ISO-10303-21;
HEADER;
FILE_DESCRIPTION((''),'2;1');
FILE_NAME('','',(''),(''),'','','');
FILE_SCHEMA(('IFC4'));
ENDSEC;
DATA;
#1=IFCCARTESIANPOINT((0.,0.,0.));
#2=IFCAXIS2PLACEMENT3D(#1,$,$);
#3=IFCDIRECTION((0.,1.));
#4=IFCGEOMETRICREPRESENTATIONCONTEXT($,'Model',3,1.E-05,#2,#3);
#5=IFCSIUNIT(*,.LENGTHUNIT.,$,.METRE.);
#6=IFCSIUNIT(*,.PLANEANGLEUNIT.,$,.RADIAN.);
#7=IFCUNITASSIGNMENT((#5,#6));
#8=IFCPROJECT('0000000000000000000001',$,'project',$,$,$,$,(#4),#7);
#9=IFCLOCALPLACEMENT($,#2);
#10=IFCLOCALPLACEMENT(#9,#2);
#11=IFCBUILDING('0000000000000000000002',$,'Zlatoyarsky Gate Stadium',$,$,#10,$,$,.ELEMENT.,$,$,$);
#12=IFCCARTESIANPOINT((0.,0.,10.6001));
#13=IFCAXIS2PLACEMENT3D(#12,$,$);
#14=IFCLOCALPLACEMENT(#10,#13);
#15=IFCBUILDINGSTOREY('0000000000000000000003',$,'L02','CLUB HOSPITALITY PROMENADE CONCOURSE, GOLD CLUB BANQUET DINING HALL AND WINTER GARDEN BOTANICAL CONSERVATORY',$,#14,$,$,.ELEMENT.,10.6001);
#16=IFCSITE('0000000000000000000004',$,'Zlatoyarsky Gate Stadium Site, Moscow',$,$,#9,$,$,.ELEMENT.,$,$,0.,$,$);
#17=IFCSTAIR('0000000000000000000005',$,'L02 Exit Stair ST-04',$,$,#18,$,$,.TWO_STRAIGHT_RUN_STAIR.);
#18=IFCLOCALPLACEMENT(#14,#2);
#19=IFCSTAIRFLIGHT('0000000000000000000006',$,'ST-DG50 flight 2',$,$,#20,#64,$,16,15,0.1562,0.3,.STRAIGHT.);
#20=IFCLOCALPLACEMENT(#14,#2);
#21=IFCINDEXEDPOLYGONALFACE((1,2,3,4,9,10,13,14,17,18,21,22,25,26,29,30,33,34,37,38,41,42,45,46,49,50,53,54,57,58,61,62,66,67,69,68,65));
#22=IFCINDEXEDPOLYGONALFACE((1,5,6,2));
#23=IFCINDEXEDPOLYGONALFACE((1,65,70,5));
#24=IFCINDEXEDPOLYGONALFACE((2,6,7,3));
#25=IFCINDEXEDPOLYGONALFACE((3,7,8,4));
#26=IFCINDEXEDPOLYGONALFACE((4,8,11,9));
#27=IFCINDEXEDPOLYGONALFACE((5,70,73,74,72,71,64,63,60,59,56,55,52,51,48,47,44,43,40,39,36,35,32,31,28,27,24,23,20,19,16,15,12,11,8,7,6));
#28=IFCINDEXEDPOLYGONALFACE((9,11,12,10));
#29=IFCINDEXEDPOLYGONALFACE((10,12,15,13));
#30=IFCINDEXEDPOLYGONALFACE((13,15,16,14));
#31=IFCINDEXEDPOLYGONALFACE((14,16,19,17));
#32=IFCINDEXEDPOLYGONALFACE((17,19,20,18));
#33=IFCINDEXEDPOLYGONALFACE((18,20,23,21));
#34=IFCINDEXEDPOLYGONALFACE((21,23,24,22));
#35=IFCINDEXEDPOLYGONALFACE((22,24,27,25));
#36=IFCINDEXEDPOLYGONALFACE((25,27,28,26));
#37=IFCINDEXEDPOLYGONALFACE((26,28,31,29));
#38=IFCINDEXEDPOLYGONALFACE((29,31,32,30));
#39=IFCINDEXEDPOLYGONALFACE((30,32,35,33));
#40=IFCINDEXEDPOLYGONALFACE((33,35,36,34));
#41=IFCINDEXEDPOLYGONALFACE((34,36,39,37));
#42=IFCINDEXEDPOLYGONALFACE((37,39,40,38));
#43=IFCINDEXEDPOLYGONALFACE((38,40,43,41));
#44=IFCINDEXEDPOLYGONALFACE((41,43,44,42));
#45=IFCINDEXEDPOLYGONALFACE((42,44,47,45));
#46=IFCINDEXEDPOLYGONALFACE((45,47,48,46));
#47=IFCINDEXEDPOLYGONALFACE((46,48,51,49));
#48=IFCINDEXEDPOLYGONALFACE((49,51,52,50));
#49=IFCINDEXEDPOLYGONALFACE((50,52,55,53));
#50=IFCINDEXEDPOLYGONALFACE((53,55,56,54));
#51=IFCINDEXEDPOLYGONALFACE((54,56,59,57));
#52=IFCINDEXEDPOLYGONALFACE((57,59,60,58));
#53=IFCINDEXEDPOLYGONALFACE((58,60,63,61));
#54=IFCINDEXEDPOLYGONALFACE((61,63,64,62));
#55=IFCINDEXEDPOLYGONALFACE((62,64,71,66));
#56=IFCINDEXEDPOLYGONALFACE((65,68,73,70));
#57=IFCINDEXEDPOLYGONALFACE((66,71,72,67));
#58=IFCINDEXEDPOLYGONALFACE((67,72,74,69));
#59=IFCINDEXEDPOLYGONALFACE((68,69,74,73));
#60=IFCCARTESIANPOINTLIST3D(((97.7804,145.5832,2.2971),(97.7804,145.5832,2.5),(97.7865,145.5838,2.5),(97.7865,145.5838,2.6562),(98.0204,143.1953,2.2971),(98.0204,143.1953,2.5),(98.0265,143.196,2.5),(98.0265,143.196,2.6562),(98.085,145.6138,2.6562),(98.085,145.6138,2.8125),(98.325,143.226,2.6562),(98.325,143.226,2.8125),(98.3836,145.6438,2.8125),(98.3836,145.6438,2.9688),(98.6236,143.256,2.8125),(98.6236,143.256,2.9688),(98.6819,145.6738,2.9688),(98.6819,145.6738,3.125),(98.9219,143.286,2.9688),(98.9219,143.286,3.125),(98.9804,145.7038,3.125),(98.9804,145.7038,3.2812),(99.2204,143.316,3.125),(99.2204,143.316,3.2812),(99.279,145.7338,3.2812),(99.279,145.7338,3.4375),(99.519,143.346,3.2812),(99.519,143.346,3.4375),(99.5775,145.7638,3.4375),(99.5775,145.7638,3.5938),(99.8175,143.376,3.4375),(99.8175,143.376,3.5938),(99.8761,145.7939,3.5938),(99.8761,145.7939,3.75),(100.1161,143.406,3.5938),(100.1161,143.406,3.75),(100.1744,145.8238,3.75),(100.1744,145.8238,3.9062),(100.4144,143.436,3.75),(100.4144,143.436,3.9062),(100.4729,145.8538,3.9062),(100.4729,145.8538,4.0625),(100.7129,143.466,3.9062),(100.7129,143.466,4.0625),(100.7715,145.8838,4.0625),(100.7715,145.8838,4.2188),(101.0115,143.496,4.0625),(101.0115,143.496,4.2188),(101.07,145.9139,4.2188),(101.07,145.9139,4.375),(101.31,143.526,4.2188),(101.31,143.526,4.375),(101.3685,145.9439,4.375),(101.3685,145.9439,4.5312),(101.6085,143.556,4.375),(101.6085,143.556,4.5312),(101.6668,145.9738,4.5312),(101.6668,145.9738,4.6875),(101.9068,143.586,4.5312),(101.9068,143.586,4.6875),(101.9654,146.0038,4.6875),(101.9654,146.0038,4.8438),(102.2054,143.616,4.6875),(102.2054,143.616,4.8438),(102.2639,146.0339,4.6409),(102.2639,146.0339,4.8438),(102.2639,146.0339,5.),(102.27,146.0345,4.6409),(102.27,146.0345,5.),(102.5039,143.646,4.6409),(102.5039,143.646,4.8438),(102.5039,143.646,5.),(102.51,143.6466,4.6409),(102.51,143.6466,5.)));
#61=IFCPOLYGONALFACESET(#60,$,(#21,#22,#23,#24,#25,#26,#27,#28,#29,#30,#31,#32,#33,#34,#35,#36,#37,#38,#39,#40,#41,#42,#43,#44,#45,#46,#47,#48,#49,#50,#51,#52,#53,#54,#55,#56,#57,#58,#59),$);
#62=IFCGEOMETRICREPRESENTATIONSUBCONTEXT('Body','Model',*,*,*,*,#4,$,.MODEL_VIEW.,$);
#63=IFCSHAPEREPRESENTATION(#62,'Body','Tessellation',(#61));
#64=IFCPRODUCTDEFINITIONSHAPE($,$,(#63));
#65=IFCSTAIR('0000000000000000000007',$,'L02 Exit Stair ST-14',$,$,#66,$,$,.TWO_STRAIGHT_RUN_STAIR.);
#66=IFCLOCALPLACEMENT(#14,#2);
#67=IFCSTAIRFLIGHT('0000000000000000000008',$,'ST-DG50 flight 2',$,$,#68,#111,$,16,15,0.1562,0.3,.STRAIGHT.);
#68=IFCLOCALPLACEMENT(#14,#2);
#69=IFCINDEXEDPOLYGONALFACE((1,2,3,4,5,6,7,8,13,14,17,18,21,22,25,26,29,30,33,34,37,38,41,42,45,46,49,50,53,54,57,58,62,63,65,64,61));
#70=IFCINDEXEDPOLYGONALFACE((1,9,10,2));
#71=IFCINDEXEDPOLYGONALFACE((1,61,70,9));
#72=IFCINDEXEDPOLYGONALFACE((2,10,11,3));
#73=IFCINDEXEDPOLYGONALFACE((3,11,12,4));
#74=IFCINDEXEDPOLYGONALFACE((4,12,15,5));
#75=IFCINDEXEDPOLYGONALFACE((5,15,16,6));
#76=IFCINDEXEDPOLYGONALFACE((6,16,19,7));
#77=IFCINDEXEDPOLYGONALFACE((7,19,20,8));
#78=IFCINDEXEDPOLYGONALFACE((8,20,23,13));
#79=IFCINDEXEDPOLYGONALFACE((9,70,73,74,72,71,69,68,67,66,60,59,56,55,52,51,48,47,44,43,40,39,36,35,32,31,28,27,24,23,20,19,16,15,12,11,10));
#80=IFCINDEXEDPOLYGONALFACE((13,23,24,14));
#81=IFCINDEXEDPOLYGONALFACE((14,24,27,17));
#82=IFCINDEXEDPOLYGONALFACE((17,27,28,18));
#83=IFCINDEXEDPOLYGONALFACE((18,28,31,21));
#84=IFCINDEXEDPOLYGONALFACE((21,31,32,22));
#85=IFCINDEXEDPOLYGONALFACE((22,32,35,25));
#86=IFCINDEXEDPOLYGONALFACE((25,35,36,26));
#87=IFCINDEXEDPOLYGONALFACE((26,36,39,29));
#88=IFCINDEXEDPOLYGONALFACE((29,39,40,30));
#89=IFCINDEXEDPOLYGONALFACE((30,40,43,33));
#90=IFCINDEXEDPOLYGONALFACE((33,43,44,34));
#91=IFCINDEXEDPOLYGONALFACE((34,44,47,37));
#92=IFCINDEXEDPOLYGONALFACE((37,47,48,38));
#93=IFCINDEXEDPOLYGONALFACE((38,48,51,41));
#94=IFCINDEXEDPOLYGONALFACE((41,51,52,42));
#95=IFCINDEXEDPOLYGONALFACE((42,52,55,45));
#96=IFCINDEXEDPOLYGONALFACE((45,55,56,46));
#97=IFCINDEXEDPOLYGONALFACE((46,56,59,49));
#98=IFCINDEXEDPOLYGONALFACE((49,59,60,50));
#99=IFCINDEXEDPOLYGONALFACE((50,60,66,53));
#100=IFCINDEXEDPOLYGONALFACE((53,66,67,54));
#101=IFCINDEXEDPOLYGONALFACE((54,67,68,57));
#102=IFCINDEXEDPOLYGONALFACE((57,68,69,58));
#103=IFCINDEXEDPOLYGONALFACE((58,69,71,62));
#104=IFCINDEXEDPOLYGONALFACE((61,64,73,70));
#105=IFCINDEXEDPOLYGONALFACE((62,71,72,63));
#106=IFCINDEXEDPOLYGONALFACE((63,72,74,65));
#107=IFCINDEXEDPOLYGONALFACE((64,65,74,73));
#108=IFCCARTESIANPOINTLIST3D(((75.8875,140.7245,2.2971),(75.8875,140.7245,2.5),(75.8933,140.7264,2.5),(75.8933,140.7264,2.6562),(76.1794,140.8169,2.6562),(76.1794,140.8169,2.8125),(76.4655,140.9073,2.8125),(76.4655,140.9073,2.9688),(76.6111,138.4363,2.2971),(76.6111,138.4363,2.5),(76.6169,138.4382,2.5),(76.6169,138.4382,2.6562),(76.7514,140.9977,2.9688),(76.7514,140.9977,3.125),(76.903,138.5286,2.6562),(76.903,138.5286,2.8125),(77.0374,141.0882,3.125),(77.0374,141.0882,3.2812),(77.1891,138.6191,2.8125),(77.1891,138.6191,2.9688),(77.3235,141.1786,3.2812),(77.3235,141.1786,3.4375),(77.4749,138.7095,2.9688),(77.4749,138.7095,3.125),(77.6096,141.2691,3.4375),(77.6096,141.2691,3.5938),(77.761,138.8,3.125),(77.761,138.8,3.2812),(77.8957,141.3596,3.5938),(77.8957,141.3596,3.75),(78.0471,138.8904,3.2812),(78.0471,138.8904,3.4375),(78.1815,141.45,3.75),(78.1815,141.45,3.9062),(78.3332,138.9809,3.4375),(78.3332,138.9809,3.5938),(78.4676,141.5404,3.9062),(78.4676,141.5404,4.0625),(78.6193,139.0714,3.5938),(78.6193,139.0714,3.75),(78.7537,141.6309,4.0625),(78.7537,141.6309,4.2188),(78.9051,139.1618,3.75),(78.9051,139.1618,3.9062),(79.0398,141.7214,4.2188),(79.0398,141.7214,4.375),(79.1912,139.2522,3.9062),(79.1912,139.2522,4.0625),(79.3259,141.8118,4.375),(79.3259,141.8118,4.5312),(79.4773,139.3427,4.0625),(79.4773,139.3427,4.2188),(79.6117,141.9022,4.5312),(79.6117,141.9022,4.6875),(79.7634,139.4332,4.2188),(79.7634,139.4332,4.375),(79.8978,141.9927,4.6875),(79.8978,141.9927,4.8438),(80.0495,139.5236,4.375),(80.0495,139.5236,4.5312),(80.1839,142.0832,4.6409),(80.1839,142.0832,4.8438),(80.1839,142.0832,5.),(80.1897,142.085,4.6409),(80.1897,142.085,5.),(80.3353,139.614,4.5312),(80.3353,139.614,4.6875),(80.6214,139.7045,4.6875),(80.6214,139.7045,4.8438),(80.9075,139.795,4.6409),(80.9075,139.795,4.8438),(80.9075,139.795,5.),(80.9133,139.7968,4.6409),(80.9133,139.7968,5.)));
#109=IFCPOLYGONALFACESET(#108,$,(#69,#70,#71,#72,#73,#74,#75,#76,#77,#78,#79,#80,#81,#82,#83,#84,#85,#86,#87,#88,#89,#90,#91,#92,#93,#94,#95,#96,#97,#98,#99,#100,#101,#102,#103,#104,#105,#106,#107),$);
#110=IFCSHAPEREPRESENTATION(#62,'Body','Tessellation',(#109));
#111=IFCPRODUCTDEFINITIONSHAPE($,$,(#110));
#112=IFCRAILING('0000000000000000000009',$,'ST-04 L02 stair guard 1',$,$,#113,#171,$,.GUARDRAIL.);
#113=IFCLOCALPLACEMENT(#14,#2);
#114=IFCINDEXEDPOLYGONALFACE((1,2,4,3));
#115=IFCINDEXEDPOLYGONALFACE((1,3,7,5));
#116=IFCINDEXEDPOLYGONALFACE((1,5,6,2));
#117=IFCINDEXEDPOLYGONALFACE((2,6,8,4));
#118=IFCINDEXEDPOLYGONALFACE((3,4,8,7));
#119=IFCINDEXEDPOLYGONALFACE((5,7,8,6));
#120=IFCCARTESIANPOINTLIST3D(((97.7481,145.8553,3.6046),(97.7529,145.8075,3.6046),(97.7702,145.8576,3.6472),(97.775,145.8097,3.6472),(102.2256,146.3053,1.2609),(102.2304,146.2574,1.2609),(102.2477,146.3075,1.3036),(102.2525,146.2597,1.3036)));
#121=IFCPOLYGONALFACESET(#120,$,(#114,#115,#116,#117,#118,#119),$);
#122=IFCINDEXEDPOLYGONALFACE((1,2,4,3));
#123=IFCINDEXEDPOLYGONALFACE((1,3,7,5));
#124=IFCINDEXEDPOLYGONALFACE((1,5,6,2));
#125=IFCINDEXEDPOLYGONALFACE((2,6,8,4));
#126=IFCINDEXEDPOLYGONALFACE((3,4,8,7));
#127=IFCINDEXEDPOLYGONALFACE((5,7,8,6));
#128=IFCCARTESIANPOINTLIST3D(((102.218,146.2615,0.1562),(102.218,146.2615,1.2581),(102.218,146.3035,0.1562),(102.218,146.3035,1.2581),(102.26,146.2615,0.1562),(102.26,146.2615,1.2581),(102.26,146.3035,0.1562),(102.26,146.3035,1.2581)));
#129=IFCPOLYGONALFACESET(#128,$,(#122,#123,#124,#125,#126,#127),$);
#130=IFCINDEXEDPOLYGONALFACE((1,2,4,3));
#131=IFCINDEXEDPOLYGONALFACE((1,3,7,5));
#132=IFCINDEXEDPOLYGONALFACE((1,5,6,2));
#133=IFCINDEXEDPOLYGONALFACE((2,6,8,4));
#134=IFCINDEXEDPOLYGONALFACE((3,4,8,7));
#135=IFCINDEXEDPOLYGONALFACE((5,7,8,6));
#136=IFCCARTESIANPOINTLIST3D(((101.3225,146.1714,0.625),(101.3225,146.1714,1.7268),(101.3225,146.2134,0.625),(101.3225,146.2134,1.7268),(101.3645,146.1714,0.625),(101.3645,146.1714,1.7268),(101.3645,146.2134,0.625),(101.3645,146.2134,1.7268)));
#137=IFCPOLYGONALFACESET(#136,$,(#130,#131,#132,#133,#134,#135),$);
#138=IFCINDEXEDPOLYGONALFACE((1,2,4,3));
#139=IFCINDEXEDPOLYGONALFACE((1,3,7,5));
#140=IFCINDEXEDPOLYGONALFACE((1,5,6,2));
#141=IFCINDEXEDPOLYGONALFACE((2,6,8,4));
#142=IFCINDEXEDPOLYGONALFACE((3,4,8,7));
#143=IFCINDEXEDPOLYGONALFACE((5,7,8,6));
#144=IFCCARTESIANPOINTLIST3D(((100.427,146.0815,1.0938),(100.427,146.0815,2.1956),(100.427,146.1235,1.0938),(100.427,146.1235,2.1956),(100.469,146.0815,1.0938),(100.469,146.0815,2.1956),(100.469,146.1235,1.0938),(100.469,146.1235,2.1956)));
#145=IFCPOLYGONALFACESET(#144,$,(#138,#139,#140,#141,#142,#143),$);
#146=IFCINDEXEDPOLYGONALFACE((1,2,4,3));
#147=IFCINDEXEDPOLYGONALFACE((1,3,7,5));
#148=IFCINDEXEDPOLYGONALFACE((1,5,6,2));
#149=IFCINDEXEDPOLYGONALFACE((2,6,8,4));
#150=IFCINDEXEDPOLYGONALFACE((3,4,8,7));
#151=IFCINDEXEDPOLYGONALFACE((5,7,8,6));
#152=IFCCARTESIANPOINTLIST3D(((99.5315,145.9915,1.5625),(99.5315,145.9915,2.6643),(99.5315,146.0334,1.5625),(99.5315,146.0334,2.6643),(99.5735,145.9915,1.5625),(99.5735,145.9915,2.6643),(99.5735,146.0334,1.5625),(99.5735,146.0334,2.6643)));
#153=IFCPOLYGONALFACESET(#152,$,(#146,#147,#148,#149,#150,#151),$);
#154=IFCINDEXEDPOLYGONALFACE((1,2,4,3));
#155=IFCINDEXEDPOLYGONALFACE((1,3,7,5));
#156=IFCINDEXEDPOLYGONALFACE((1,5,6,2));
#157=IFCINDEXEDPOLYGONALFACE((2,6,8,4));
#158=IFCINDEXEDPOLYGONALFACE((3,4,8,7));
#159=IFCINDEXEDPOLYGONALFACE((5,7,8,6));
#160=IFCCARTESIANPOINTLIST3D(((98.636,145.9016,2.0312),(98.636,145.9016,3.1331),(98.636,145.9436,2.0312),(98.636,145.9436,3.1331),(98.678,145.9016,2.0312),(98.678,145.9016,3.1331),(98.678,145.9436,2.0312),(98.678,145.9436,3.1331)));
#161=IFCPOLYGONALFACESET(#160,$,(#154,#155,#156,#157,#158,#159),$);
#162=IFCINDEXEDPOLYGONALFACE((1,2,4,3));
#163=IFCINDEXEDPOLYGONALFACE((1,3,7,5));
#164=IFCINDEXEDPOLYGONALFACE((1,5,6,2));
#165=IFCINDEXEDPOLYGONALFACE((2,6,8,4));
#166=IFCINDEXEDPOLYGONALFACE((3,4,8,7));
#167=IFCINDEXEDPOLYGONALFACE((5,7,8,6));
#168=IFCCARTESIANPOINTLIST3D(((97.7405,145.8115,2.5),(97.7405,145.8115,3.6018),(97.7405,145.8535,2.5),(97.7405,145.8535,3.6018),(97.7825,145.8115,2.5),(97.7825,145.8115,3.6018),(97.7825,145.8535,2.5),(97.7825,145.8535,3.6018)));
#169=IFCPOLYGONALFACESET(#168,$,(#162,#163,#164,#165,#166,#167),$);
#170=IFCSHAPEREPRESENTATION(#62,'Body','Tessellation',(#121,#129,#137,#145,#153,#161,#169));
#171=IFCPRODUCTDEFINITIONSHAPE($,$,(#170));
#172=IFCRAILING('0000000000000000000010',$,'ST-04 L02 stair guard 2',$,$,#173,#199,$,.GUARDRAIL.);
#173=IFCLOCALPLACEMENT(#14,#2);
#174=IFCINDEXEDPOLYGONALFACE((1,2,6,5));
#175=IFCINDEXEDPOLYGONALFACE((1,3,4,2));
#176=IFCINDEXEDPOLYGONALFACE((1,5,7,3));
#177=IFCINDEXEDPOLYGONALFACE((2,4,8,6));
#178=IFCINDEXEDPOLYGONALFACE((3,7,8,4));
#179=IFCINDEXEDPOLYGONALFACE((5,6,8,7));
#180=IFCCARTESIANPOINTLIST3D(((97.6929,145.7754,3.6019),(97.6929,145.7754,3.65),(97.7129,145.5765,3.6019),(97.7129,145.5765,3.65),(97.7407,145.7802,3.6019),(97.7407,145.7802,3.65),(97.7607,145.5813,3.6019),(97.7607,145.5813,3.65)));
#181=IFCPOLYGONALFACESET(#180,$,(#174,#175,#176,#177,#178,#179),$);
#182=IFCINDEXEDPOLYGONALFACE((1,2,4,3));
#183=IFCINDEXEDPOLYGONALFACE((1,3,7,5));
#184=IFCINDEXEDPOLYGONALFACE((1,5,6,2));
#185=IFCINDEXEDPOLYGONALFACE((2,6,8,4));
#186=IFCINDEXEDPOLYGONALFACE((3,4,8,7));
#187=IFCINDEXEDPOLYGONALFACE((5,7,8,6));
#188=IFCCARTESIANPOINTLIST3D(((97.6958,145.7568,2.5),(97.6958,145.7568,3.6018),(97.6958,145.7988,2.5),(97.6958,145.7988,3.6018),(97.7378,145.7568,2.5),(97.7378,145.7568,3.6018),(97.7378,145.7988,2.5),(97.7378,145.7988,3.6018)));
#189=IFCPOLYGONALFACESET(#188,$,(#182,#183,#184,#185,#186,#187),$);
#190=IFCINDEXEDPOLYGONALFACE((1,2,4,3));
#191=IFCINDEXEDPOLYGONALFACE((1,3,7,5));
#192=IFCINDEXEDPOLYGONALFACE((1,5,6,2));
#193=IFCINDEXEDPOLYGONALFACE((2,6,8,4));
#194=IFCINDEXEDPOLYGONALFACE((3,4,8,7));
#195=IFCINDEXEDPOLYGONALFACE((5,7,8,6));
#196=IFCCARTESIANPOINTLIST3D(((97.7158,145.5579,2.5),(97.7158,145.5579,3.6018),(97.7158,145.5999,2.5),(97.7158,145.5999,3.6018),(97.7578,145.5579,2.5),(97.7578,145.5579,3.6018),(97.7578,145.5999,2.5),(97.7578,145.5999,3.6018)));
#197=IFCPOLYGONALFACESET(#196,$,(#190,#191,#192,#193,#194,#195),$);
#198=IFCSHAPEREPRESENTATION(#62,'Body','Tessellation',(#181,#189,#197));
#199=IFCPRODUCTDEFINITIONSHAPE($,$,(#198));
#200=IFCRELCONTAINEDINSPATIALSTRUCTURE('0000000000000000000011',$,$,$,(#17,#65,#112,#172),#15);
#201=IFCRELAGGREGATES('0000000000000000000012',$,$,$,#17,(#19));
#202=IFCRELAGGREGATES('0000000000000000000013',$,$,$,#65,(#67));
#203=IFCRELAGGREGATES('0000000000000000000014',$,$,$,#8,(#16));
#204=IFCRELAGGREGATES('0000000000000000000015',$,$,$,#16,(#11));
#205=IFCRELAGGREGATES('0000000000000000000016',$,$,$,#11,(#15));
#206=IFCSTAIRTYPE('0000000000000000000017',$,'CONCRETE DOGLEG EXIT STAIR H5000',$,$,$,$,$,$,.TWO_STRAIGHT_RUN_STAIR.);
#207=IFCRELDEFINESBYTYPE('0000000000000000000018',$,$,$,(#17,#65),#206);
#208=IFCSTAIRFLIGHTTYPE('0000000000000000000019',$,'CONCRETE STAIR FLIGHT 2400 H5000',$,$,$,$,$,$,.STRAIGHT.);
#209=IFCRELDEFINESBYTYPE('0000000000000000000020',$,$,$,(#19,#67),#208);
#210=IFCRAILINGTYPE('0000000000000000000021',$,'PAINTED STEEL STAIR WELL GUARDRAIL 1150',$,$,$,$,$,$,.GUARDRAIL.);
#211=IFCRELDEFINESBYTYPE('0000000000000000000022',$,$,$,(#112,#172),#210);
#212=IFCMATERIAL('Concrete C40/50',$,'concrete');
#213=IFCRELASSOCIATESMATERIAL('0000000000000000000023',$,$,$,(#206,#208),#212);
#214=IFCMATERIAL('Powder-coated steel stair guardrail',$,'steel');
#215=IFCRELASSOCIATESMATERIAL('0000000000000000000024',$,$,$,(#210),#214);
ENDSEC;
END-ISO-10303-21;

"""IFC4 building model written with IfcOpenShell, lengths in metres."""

from ifc_helpers import new_model, si_unit, direction, frame, origin, origin_2d, place, context, subcontext, project, spatial, polyline, rectangle, outline, extrude, material, type_object, element, aggregate, save


model = new_model("IFC4")

# Units and contexts
model_context = context("Model", 3, precision=1e-05, world=origin(), true_north=direction((0.0, 1.0)))
body_context = subcontext(model_context, "Body", "Model", "MODEL_VIEW")
ifc_project = project(units=[si_unit("LENGTHUNIT", "METRE"), si_unit("PLANEANGLEUNIT", "RADIAN")], contexts=[model_context])

# Site, building, storey
site_placement = place(None, origin())
site = spatial("IfcSite", under=ifc_project, at=site_placement, Name="Zlatoyarsky Gate Stadium Site, Moscow", CompositionType="ELEMENT", RefElevation=0.0)
building_placement = place(site_placement, origin())
building = spatial("IfcBuilding", under=site, at=building_placement, Name="Zlatoyarsky Gate Stadium", CompositionType="ELEMENT")
storey_placement = place(building_placement, frame((0.0, 0.0, 10.6001)))
storey = spatial("IfcBuildingStorey", under=building, at=storey_placement, Name="L02", Description="CLUB HOSPITALITY PROMENADE CONCOURSE, GOLD CLUB BANQUET DINING HALL AND WINTER GARDEN BOTANICAL CONSERVATORY", CompositionType="ELEMENT", Elevation=10.6001)

# Shared definitions
ifc_material_1 = material(Name="Concrete C40/50", Category="concrete")

# Stair, stair flight
stair_type = type_object("IfcStairType", Name="CONCRETE DOGLEG EXIT STAIR H5000", PredefinedType="TWO_STRAIGHT_RUN_STAIR", material=ifc_material_1)
stair_1_placement = place(storey_placement, origin())
stair_1 = element("IfcStair", 1, at=stair_1_placement, inside=storey, type_object=stair_type, Name="L02 Exit Stair ST-04", PredefinedType="TWO_STRAIGHT_RUN_STAIR")
stair_flight_type = type_object("IfcStairFlightType", Name="CONCRETE STAIR FLIGHT 2400 H5000", PredefinedType="STRAIGHT", material=ifc_material_1)
stair_flight_1_placement = place(storey_placement, frame((97.9065, 144.3899, 2.5), z_axis=(0.0, 0.0, 1.0), x_axis=(0.994987, 0.100006, 0.0)))
stair_flight_1 = element("IfcStairFlight", 2, at=stair_flight_1_placement, type_object=stair_flight_type, Name="ST-DG50 flight 2", NumberOfRisers=16, NumberOfTreads=15, PredefinedType="STRAIGHT", RiserHeight=0.1562, TreadLength=0.3, context=body_context, shape_type="SweptSolid", body=[
    extrude(outline(polyline([(-0.0061, -0.2029), (-0.0061, 0.0), (0.0, 0.0), (0.0, 0.1562), (0.3, 0.1562), (0.3, 0.3125), (0.6001, 0.3125), (0.6001, 0.4688), (0.8999, 0.4688), (0.8999, 0.625), (1.2, 0.625), (1.2, 0.7812), (1.5, 0.7812), (1.5, 0.9375), (1.8, 0.9375), (1.8, 1.0938), (2.1001, 1.0938), (2.1001, 1.25), (2.3999, 1.25), (2.3999, 1.4062), (2.7, 1.4062), (2.7, 1.5625), (3.0, 1.5625), (3.0, 1.7188), (3.3, 1.7188), (3.3, 1.875), (3.6001, 1.875), (3.6001, 2.0312), (3.8999, 2.0312), (3.8999, 2.1875), (4.2, 2.1875), (4.2, 2.3438), (4.5, 2.3438), (4.5, 2.5), (4.5061, 2.5), (4.5061, 2.1409), (4.5, 2.1409), (-0.0061, -0.2029)])), frame((0.0, 1.2, 0.0), z_axis=(0.0, -1.0, 0.0), x_axis=(1.0, 0.0, 0.0)), (0.0, 0.0, 1.0), 2.3999),
])
aggregate(stair_1, [stair_flight_1])

# Stair, stair flight
stair_2_placement = place(storey_placement, origin())
stair_2 = element("IfcStair", 3, at=stair_2_placement, inside=storey, type_object=stair_type, Name="L02 Exit Stair ST-14", PredefinedType="TWO_STRAIGHT_RUN_STAIR")
stair_flight_2_placement = place(storey_placement, frame((76.2551, 139.5823, 2.5), z_axis=(0.0, 0.0, 1.0), x_axis=(0.953463, 0.30151, 0.0)))
stair_flight_2 = element("IfcStairFlight", 4, at=stair_flight_2_placement, type_object=stair_flight_type, Name="ST-DG50 flight 2", NumberOfRisers=16, NumberOfTreads=15, PredefinedType="STRAIGHT", RiserHeight=0.1562, TreadLength=0.3, context=body_context, shape_type="SweptSolid", body=[
    extrude(outline(polyline([(-0.0061, -0.2029), (-0.0061, 0.0), (0.0, 0.0), (0.0, 0.1562), (0.3, 0.1562), (0.3, 0.3125), (0.6001, 0.3125), (0.6001, 0.4688), (0.8999, 0.4688), (0.8999, 0.625), (1.2, 0.625), (1.2, 0.7812), (1.5, 0.7812), (1.5, 0.9375), (1.8, 0.9375), (1.8, 1.0938), (2.1001, 1.0938), (2.1001, 1.25), (2.3999, 1.25), (2.3999, 1.4062), (2.7, 1.4062), (2.7, 1.5625), (3.0, 1.5625), (3.0, 1.7188), (3.3, 1.7188), (3.3, 1.875), (3.6001, 1.875), (3.6001, 2.0312), (3.8999, 2.0312), (3.8999, 2.1875), (4.2, 2.1875), (4.2, 2.3438), (4.5, 2.3438), (4.5, 2.5), (4.5061, 2.5), (4.5061, 2.1409), (4.5, 2.1409), (-0.0061, -0.2029)])), frame((0.0, 1.2, 0.0), z_axis=(0.0, -1.0, 0.0), x_axis=(1.0, 0.0, 0.0)), (0.0, 0.0, 1.0), 2.3999),
])
aggregate(stair_2, [stair_flight_2])

# Railings
ifc_material_2 = material(Name="Powder-coated steel stair guardrail", Category="steel")
railing_type_1 = type_object("IfcRailingType", Name="PAINTED STEEL STAIR WELL GUARDRAIL 1150", PredefinedType="GUARDRAIL", material=ifc_material_2)
railing_1_placement = place(storey_placement, frame((102.239, 146.2825, 0.1562)))
element("IfcRailing", 5, at=railing_1_placement, inside=storey, type_object=railing_type_1, Name="ST-04 L02 stair guard 1", PredefinedType="GUARDRAIL", context=body_context, shape_type="SweptSolid", body=[
    extrude(rectangle(XDim=0.0481, YDim=0.0481, at=origin_2d()), frame((0.0, 0.0, 1.126), z_axis=(-0.882473, -0.08868, 0.461927), x_axis=(0.099987, -0.994989, 0.0)), (0.0, 0.0, 1.0), 5.0737),
    extrude(rectangle(XDim=0.042, YDim=0.042, at=origin_2d()), origin(), (0.0, 0.0, 1.0), 1.1018),
    extrude(rectangle(XDim=0.042, YDim=0.042, at=origin_2d()), frame((-0.8955, -0.0901, 0.4688)), (0.0, 0.0, 1.0), 1.1018),
    extrude(rectangle(XDim=0.042, YDim=0.042, at=origin_2d()), frame((-1.791, -0.1799, 0.9375)), (0.0, 0.0, 1.0), 1.1018),
    extrude(rectangle(XDim=0.042, YDim=0.042, at=origin_2d()), frame((-2.6865, -0.27, 1.4062)), (0.0, 0.0, 1.0), 1.1018),
    extrude(rectangle(XDim=0.042, YDim=0.042, at=origin_2d()), frame((-3.582, -0.3599, 1.875)), (0.0, 0.0, 1.0), 1.1018),
    extrude(rectangle(XDim=0.042, YDim=0.042, at=origin_2d()), frame((-4.4775, -0.45, 2.3438)), (0.0, 0.0, 1.0), 1.1018),
])
railing_2_placement = place(storey_placement, frame((97.7168, 145.7778, 2.5)))
element("IfcRailing", 6, at=railing_2_placement, inside=storey, type_object=railing_type_1, Name="ST-04 L02 stair guard 2", PredefinedType="GUARDRAIL", context=body_context, shape_type="SweptSolid", body=[
    extrude(rectangle(XDim=0.0481, YDim=0.0481, at=origin_2d()), frame((0.0, 0.0, 1.126), z_axis=(0.100108, -0.994977, 0.0), x_axis=(0.994977, 0.100108, 0.0)), (0.0, 0.0, 1.0), 0.2),
    extrude(rectangle(XDim=0.042, YDim=0.042, at=origin_2d()), origin(), (0.0, 0.0, 1.0), 1.1018),
    extrude(rectangle(XDim=0.042, YDim=0.042, at=origin_2d()), frame((0.02, -0.199, 0.0)), (0.0, 0.0, 1.0), 1.1018),
])

save(model, "model.ifc")
